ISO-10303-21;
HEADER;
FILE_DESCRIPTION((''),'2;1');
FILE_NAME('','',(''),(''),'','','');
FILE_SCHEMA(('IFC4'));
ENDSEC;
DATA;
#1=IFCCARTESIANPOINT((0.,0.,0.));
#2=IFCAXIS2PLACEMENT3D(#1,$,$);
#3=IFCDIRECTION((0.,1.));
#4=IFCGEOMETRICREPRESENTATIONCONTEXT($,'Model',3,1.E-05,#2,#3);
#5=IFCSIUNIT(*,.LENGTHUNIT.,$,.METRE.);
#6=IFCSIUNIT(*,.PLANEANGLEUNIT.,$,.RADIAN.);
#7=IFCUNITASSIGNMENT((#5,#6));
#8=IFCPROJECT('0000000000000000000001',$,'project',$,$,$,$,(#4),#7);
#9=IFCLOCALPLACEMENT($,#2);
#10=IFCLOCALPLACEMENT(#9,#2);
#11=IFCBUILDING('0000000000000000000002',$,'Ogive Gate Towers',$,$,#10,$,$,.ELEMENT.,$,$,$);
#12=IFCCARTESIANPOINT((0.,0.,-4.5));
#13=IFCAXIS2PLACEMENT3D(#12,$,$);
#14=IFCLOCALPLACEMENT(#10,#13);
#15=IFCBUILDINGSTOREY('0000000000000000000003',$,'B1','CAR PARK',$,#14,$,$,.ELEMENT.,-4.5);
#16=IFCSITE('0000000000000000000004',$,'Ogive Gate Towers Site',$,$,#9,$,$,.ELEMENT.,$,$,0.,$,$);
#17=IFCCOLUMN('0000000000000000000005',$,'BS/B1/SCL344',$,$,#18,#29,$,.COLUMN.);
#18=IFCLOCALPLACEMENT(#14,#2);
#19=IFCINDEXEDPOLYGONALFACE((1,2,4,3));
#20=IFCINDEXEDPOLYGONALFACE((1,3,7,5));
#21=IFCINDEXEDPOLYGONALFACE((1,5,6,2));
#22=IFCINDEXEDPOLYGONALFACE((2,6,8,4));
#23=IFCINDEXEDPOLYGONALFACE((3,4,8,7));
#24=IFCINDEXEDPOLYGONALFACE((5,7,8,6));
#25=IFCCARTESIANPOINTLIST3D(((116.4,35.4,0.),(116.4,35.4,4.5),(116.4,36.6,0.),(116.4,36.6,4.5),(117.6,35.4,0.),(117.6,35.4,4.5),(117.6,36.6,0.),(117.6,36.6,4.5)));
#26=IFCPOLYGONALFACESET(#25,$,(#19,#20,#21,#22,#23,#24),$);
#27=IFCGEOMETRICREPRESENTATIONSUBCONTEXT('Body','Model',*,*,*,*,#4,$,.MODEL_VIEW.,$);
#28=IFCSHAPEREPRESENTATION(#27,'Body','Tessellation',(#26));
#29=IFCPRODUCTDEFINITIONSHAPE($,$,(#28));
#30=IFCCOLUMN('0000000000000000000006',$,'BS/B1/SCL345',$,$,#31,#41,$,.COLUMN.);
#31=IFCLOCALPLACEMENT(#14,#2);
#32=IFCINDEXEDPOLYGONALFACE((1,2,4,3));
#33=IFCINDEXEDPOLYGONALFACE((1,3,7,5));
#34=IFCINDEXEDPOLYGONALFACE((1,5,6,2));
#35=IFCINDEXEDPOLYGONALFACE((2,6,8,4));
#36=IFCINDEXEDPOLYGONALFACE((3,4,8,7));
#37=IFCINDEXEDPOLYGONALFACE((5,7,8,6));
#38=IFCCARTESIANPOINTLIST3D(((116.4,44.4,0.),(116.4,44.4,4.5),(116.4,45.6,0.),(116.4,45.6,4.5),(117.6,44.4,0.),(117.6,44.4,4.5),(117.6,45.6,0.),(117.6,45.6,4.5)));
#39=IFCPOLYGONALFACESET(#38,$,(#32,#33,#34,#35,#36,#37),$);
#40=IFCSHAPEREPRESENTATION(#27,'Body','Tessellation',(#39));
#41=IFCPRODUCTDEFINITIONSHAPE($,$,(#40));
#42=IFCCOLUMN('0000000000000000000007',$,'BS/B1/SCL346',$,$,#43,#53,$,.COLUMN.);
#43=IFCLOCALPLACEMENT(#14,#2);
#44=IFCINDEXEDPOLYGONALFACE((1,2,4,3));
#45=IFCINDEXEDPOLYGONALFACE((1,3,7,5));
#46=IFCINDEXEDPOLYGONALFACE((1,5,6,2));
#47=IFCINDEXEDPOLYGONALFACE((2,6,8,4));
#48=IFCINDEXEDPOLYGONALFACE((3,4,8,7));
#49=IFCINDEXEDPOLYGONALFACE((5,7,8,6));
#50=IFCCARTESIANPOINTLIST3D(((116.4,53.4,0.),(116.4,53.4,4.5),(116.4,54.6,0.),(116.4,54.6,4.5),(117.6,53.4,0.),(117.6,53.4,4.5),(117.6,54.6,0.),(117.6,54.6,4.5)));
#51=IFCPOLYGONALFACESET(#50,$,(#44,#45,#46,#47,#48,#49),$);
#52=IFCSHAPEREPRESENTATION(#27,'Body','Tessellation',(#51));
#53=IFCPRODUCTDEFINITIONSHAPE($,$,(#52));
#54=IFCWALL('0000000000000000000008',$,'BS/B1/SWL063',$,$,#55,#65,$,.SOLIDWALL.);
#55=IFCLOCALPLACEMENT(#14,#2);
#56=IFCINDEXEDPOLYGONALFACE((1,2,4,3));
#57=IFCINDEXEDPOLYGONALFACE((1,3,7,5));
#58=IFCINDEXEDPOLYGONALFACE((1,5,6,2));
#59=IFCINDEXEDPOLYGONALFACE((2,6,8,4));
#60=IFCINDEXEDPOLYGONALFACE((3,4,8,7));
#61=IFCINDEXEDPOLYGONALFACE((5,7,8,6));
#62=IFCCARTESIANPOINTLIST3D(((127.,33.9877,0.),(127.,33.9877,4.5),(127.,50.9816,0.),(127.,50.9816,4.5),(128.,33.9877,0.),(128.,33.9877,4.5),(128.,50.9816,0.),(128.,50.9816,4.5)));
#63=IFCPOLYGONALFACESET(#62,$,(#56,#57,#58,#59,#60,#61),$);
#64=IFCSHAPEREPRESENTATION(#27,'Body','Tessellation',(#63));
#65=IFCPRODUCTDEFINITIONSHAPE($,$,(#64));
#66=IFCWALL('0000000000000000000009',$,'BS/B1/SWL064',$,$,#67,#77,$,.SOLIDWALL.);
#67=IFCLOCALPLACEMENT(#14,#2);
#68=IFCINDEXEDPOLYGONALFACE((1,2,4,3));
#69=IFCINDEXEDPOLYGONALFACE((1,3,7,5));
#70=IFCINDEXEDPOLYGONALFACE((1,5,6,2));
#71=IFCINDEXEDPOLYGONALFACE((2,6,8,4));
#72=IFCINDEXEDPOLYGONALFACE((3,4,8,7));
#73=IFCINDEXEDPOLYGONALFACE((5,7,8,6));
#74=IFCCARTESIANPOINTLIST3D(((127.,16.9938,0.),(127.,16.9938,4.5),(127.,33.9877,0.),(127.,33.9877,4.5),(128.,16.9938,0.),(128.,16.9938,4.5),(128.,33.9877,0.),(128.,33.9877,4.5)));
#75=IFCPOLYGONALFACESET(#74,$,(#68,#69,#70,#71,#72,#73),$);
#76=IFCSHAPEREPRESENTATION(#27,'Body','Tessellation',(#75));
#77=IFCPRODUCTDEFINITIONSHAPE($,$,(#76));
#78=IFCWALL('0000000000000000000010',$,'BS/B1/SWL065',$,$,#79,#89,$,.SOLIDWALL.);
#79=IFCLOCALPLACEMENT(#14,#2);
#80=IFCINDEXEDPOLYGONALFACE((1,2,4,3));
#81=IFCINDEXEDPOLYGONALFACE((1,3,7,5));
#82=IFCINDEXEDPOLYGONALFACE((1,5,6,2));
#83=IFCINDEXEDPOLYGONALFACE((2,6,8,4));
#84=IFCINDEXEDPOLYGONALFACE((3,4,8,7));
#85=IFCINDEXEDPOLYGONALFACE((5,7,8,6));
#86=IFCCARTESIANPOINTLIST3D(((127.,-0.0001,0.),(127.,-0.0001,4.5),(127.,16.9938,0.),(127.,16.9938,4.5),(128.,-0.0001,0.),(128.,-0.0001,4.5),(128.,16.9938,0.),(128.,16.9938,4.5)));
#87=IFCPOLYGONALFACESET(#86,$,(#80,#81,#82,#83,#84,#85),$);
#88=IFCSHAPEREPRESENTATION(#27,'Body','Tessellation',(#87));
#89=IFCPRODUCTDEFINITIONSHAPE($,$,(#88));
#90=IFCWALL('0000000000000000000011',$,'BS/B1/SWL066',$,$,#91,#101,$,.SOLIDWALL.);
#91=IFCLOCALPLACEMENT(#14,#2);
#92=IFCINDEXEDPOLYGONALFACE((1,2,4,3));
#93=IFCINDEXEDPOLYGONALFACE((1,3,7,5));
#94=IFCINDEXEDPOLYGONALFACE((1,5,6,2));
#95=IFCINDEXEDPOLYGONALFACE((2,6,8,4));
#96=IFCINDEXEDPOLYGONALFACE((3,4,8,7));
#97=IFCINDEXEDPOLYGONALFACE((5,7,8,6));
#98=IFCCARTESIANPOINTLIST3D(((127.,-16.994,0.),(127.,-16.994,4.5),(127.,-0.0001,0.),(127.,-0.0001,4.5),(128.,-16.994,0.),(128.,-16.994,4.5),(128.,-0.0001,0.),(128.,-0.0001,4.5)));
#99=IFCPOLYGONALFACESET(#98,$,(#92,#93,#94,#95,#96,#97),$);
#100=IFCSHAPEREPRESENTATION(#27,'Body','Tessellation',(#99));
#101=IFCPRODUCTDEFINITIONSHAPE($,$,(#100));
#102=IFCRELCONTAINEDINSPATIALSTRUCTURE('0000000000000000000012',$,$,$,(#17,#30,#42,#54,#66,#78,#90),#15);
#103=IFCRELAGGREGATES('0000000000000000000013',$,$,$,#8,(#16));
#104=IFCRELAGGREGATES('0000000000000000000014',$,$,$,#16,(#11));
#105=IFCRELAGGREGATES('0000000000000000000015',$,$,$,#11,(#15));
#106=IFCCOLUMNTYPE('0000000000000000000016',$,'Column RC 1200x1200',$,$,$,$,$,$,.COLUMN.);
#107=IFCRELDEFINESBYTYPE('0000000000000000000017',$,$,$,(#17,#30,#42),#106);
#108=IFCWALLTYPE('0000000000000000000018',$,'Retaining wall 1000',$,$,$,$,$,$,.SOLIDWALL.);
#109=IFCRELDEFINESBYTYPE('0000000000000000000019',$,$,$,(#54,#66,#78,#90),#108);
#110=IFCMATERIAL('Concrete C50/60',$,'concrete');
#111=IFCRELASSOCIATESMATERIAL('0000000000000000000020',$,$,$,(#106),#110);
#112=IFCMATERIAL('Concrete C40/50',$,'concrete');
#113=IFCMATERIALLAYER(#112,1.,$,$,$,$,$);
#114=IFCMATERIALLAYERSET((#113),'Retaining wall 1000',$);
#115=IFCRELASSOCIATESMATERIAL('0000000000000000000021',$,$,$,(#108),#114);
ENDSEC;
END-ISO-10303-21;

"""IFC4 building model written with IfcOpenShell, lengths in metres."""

from ifc_helpers import new_model, si_unit, direction, frame, frame_2d, origin, origin_2d, place, context, subcontext, project, spatial, rectangle, extrude, material, layer, layer_set, material_profile, profile_set, type_object, element, save


model = new_model("IFC4")

# Units and contexts
model_context = context("Model", 3, precision=1e-05, world=origin(), true_north=direction((0.0, 1.0)))
body_context = subcontext(model_context, "Body", "Model", "MODEL_VIEW")
ifc_project = project(units=[si_unit("LENGTHUNIT", "METRE"), si_unit("PLANEANGLEUNIT", "RADIAN")], contexts=[model_context])

# Site, building, storey
site_placement = place(None, origin())
site = spatial("IfcSite", under=ifc_project, at=site_placement, Name="Ogive Gate Towers Site", CompositionType="ELEMENT", RefElevation=0.0)
building_placement = place(site_placement, origin())
building = spatial("IfcBuilding", under=site, at=building_placement, Name="Ogive Gate Towers", CompositionType="ELEMENT")
storey_placement = place(building_placement, frame((0.0, 0.0, -4.5)))
storey = spatial("IfcBuildingStorey", under=building, at=storey_placement, Name="B1", Description="CAR PARK", CompositionType="ELEMENT", Elevation=-4.5)

# Columns
ifc_material_1 = material(Name="Concrete C50/60", Category="concrete")
ifc_material_profile = material_profile(ifc_material_1, rectangle(XDim=1.2, YDim=1.2, at=origin_2d()), Name="RC 1200x1200")
ifc_profile_set = profile_set([ifc_material_profile], Name="Concrete C50/60")
column_type = type_object("IfcColumnType", Name="Column RC 1200x1200", PredefinedType="COLUMN", material=ifc_profile_set)
for number, where, z_axis, x_axis, name in (
    (1, (117.0, 36.0, 0.0), (0.0, 0.0, 1.0), (1.0, 0.0, 0.0), "BS/B1/SCL344"),
    (2, (117.0, 45.0, 0.0), (0.0, 0.0, 1.0), (1.0, 0.0, 0.0), "BS/B1/SCL345"),
    (3, (117.0, 54.0, 0.0), (0.0, 0.0, 1.0), (1.0, 0.0, 0.0), "BS/B1/SCL346"),
):
    element("IfcColumn", number, at=place(storey_placement, frame(where, z_axis=z_axis, x_axis=x_axis)), inside=storey, type_object=column_type, Name=name, PredefinedType="COLUMN", context=body_context, shape_type="SweptSolid", body=[
        extrude(rectangle(XDim=1.2, YDim=1.2, at=origin_2d()), origin(), (0.0, 0.0, 1.0), 4.5),
    ])

# Walls
ifc_material_2 = material(Name="Concrete C40/50", Category="concrete")
ifc_layer = layer(ifc_material_2, 1.0)
ifc_layer_set = layer_set([ifc_layer], Name="Retaining wall 1000")
wall_type = type_object("IfcWallType", Name="Retaining wall 1000", PredefinedType="SOLIDWALL", material=ifc_layer_set)
for number, where, z_axis, x_axis, name in (
    (4, (127.5, 50.9817, 0.0), (0.0, 0.0, 1.0), (0.0, -1.0, 0.0), "BS/B1/SWL063"),
    (5, (127.5, 33.9878, 0.0), (0.0, 0.0, 1.0), (0.0, -1.0, 0.0), "BS/B1/SWL064"),
    (6, (127.5, 16.9939, 0.0), (0.0, 0.0, 1.0), (0.0, -1.0, 0.0), "BS/B1/SWL065"),
    (7, (127.5, 0.0, 0.0), (0.0, 0.0, 1.0), (0.0, -1.0, 0.0), "BS/B1/SWL066"),
):
    element("IfcWall", number, at=place(storey_placement, frame(where, z_axis=z_axis, x_axis=x_axis)), inside=storey, type_object=wall_type, Name=name, PredefinedType="SOLIDWALL", context=body_context, shape_type="SweptSolid", body=[
        extrude(rectangle(XDim=16.9939, YDim=1.0, at=frame_2d((8.4971, 0.0))), origin(), (0.0, 0.0, 1.0), 4.5),
    ])

save(model, "model.ifc")
